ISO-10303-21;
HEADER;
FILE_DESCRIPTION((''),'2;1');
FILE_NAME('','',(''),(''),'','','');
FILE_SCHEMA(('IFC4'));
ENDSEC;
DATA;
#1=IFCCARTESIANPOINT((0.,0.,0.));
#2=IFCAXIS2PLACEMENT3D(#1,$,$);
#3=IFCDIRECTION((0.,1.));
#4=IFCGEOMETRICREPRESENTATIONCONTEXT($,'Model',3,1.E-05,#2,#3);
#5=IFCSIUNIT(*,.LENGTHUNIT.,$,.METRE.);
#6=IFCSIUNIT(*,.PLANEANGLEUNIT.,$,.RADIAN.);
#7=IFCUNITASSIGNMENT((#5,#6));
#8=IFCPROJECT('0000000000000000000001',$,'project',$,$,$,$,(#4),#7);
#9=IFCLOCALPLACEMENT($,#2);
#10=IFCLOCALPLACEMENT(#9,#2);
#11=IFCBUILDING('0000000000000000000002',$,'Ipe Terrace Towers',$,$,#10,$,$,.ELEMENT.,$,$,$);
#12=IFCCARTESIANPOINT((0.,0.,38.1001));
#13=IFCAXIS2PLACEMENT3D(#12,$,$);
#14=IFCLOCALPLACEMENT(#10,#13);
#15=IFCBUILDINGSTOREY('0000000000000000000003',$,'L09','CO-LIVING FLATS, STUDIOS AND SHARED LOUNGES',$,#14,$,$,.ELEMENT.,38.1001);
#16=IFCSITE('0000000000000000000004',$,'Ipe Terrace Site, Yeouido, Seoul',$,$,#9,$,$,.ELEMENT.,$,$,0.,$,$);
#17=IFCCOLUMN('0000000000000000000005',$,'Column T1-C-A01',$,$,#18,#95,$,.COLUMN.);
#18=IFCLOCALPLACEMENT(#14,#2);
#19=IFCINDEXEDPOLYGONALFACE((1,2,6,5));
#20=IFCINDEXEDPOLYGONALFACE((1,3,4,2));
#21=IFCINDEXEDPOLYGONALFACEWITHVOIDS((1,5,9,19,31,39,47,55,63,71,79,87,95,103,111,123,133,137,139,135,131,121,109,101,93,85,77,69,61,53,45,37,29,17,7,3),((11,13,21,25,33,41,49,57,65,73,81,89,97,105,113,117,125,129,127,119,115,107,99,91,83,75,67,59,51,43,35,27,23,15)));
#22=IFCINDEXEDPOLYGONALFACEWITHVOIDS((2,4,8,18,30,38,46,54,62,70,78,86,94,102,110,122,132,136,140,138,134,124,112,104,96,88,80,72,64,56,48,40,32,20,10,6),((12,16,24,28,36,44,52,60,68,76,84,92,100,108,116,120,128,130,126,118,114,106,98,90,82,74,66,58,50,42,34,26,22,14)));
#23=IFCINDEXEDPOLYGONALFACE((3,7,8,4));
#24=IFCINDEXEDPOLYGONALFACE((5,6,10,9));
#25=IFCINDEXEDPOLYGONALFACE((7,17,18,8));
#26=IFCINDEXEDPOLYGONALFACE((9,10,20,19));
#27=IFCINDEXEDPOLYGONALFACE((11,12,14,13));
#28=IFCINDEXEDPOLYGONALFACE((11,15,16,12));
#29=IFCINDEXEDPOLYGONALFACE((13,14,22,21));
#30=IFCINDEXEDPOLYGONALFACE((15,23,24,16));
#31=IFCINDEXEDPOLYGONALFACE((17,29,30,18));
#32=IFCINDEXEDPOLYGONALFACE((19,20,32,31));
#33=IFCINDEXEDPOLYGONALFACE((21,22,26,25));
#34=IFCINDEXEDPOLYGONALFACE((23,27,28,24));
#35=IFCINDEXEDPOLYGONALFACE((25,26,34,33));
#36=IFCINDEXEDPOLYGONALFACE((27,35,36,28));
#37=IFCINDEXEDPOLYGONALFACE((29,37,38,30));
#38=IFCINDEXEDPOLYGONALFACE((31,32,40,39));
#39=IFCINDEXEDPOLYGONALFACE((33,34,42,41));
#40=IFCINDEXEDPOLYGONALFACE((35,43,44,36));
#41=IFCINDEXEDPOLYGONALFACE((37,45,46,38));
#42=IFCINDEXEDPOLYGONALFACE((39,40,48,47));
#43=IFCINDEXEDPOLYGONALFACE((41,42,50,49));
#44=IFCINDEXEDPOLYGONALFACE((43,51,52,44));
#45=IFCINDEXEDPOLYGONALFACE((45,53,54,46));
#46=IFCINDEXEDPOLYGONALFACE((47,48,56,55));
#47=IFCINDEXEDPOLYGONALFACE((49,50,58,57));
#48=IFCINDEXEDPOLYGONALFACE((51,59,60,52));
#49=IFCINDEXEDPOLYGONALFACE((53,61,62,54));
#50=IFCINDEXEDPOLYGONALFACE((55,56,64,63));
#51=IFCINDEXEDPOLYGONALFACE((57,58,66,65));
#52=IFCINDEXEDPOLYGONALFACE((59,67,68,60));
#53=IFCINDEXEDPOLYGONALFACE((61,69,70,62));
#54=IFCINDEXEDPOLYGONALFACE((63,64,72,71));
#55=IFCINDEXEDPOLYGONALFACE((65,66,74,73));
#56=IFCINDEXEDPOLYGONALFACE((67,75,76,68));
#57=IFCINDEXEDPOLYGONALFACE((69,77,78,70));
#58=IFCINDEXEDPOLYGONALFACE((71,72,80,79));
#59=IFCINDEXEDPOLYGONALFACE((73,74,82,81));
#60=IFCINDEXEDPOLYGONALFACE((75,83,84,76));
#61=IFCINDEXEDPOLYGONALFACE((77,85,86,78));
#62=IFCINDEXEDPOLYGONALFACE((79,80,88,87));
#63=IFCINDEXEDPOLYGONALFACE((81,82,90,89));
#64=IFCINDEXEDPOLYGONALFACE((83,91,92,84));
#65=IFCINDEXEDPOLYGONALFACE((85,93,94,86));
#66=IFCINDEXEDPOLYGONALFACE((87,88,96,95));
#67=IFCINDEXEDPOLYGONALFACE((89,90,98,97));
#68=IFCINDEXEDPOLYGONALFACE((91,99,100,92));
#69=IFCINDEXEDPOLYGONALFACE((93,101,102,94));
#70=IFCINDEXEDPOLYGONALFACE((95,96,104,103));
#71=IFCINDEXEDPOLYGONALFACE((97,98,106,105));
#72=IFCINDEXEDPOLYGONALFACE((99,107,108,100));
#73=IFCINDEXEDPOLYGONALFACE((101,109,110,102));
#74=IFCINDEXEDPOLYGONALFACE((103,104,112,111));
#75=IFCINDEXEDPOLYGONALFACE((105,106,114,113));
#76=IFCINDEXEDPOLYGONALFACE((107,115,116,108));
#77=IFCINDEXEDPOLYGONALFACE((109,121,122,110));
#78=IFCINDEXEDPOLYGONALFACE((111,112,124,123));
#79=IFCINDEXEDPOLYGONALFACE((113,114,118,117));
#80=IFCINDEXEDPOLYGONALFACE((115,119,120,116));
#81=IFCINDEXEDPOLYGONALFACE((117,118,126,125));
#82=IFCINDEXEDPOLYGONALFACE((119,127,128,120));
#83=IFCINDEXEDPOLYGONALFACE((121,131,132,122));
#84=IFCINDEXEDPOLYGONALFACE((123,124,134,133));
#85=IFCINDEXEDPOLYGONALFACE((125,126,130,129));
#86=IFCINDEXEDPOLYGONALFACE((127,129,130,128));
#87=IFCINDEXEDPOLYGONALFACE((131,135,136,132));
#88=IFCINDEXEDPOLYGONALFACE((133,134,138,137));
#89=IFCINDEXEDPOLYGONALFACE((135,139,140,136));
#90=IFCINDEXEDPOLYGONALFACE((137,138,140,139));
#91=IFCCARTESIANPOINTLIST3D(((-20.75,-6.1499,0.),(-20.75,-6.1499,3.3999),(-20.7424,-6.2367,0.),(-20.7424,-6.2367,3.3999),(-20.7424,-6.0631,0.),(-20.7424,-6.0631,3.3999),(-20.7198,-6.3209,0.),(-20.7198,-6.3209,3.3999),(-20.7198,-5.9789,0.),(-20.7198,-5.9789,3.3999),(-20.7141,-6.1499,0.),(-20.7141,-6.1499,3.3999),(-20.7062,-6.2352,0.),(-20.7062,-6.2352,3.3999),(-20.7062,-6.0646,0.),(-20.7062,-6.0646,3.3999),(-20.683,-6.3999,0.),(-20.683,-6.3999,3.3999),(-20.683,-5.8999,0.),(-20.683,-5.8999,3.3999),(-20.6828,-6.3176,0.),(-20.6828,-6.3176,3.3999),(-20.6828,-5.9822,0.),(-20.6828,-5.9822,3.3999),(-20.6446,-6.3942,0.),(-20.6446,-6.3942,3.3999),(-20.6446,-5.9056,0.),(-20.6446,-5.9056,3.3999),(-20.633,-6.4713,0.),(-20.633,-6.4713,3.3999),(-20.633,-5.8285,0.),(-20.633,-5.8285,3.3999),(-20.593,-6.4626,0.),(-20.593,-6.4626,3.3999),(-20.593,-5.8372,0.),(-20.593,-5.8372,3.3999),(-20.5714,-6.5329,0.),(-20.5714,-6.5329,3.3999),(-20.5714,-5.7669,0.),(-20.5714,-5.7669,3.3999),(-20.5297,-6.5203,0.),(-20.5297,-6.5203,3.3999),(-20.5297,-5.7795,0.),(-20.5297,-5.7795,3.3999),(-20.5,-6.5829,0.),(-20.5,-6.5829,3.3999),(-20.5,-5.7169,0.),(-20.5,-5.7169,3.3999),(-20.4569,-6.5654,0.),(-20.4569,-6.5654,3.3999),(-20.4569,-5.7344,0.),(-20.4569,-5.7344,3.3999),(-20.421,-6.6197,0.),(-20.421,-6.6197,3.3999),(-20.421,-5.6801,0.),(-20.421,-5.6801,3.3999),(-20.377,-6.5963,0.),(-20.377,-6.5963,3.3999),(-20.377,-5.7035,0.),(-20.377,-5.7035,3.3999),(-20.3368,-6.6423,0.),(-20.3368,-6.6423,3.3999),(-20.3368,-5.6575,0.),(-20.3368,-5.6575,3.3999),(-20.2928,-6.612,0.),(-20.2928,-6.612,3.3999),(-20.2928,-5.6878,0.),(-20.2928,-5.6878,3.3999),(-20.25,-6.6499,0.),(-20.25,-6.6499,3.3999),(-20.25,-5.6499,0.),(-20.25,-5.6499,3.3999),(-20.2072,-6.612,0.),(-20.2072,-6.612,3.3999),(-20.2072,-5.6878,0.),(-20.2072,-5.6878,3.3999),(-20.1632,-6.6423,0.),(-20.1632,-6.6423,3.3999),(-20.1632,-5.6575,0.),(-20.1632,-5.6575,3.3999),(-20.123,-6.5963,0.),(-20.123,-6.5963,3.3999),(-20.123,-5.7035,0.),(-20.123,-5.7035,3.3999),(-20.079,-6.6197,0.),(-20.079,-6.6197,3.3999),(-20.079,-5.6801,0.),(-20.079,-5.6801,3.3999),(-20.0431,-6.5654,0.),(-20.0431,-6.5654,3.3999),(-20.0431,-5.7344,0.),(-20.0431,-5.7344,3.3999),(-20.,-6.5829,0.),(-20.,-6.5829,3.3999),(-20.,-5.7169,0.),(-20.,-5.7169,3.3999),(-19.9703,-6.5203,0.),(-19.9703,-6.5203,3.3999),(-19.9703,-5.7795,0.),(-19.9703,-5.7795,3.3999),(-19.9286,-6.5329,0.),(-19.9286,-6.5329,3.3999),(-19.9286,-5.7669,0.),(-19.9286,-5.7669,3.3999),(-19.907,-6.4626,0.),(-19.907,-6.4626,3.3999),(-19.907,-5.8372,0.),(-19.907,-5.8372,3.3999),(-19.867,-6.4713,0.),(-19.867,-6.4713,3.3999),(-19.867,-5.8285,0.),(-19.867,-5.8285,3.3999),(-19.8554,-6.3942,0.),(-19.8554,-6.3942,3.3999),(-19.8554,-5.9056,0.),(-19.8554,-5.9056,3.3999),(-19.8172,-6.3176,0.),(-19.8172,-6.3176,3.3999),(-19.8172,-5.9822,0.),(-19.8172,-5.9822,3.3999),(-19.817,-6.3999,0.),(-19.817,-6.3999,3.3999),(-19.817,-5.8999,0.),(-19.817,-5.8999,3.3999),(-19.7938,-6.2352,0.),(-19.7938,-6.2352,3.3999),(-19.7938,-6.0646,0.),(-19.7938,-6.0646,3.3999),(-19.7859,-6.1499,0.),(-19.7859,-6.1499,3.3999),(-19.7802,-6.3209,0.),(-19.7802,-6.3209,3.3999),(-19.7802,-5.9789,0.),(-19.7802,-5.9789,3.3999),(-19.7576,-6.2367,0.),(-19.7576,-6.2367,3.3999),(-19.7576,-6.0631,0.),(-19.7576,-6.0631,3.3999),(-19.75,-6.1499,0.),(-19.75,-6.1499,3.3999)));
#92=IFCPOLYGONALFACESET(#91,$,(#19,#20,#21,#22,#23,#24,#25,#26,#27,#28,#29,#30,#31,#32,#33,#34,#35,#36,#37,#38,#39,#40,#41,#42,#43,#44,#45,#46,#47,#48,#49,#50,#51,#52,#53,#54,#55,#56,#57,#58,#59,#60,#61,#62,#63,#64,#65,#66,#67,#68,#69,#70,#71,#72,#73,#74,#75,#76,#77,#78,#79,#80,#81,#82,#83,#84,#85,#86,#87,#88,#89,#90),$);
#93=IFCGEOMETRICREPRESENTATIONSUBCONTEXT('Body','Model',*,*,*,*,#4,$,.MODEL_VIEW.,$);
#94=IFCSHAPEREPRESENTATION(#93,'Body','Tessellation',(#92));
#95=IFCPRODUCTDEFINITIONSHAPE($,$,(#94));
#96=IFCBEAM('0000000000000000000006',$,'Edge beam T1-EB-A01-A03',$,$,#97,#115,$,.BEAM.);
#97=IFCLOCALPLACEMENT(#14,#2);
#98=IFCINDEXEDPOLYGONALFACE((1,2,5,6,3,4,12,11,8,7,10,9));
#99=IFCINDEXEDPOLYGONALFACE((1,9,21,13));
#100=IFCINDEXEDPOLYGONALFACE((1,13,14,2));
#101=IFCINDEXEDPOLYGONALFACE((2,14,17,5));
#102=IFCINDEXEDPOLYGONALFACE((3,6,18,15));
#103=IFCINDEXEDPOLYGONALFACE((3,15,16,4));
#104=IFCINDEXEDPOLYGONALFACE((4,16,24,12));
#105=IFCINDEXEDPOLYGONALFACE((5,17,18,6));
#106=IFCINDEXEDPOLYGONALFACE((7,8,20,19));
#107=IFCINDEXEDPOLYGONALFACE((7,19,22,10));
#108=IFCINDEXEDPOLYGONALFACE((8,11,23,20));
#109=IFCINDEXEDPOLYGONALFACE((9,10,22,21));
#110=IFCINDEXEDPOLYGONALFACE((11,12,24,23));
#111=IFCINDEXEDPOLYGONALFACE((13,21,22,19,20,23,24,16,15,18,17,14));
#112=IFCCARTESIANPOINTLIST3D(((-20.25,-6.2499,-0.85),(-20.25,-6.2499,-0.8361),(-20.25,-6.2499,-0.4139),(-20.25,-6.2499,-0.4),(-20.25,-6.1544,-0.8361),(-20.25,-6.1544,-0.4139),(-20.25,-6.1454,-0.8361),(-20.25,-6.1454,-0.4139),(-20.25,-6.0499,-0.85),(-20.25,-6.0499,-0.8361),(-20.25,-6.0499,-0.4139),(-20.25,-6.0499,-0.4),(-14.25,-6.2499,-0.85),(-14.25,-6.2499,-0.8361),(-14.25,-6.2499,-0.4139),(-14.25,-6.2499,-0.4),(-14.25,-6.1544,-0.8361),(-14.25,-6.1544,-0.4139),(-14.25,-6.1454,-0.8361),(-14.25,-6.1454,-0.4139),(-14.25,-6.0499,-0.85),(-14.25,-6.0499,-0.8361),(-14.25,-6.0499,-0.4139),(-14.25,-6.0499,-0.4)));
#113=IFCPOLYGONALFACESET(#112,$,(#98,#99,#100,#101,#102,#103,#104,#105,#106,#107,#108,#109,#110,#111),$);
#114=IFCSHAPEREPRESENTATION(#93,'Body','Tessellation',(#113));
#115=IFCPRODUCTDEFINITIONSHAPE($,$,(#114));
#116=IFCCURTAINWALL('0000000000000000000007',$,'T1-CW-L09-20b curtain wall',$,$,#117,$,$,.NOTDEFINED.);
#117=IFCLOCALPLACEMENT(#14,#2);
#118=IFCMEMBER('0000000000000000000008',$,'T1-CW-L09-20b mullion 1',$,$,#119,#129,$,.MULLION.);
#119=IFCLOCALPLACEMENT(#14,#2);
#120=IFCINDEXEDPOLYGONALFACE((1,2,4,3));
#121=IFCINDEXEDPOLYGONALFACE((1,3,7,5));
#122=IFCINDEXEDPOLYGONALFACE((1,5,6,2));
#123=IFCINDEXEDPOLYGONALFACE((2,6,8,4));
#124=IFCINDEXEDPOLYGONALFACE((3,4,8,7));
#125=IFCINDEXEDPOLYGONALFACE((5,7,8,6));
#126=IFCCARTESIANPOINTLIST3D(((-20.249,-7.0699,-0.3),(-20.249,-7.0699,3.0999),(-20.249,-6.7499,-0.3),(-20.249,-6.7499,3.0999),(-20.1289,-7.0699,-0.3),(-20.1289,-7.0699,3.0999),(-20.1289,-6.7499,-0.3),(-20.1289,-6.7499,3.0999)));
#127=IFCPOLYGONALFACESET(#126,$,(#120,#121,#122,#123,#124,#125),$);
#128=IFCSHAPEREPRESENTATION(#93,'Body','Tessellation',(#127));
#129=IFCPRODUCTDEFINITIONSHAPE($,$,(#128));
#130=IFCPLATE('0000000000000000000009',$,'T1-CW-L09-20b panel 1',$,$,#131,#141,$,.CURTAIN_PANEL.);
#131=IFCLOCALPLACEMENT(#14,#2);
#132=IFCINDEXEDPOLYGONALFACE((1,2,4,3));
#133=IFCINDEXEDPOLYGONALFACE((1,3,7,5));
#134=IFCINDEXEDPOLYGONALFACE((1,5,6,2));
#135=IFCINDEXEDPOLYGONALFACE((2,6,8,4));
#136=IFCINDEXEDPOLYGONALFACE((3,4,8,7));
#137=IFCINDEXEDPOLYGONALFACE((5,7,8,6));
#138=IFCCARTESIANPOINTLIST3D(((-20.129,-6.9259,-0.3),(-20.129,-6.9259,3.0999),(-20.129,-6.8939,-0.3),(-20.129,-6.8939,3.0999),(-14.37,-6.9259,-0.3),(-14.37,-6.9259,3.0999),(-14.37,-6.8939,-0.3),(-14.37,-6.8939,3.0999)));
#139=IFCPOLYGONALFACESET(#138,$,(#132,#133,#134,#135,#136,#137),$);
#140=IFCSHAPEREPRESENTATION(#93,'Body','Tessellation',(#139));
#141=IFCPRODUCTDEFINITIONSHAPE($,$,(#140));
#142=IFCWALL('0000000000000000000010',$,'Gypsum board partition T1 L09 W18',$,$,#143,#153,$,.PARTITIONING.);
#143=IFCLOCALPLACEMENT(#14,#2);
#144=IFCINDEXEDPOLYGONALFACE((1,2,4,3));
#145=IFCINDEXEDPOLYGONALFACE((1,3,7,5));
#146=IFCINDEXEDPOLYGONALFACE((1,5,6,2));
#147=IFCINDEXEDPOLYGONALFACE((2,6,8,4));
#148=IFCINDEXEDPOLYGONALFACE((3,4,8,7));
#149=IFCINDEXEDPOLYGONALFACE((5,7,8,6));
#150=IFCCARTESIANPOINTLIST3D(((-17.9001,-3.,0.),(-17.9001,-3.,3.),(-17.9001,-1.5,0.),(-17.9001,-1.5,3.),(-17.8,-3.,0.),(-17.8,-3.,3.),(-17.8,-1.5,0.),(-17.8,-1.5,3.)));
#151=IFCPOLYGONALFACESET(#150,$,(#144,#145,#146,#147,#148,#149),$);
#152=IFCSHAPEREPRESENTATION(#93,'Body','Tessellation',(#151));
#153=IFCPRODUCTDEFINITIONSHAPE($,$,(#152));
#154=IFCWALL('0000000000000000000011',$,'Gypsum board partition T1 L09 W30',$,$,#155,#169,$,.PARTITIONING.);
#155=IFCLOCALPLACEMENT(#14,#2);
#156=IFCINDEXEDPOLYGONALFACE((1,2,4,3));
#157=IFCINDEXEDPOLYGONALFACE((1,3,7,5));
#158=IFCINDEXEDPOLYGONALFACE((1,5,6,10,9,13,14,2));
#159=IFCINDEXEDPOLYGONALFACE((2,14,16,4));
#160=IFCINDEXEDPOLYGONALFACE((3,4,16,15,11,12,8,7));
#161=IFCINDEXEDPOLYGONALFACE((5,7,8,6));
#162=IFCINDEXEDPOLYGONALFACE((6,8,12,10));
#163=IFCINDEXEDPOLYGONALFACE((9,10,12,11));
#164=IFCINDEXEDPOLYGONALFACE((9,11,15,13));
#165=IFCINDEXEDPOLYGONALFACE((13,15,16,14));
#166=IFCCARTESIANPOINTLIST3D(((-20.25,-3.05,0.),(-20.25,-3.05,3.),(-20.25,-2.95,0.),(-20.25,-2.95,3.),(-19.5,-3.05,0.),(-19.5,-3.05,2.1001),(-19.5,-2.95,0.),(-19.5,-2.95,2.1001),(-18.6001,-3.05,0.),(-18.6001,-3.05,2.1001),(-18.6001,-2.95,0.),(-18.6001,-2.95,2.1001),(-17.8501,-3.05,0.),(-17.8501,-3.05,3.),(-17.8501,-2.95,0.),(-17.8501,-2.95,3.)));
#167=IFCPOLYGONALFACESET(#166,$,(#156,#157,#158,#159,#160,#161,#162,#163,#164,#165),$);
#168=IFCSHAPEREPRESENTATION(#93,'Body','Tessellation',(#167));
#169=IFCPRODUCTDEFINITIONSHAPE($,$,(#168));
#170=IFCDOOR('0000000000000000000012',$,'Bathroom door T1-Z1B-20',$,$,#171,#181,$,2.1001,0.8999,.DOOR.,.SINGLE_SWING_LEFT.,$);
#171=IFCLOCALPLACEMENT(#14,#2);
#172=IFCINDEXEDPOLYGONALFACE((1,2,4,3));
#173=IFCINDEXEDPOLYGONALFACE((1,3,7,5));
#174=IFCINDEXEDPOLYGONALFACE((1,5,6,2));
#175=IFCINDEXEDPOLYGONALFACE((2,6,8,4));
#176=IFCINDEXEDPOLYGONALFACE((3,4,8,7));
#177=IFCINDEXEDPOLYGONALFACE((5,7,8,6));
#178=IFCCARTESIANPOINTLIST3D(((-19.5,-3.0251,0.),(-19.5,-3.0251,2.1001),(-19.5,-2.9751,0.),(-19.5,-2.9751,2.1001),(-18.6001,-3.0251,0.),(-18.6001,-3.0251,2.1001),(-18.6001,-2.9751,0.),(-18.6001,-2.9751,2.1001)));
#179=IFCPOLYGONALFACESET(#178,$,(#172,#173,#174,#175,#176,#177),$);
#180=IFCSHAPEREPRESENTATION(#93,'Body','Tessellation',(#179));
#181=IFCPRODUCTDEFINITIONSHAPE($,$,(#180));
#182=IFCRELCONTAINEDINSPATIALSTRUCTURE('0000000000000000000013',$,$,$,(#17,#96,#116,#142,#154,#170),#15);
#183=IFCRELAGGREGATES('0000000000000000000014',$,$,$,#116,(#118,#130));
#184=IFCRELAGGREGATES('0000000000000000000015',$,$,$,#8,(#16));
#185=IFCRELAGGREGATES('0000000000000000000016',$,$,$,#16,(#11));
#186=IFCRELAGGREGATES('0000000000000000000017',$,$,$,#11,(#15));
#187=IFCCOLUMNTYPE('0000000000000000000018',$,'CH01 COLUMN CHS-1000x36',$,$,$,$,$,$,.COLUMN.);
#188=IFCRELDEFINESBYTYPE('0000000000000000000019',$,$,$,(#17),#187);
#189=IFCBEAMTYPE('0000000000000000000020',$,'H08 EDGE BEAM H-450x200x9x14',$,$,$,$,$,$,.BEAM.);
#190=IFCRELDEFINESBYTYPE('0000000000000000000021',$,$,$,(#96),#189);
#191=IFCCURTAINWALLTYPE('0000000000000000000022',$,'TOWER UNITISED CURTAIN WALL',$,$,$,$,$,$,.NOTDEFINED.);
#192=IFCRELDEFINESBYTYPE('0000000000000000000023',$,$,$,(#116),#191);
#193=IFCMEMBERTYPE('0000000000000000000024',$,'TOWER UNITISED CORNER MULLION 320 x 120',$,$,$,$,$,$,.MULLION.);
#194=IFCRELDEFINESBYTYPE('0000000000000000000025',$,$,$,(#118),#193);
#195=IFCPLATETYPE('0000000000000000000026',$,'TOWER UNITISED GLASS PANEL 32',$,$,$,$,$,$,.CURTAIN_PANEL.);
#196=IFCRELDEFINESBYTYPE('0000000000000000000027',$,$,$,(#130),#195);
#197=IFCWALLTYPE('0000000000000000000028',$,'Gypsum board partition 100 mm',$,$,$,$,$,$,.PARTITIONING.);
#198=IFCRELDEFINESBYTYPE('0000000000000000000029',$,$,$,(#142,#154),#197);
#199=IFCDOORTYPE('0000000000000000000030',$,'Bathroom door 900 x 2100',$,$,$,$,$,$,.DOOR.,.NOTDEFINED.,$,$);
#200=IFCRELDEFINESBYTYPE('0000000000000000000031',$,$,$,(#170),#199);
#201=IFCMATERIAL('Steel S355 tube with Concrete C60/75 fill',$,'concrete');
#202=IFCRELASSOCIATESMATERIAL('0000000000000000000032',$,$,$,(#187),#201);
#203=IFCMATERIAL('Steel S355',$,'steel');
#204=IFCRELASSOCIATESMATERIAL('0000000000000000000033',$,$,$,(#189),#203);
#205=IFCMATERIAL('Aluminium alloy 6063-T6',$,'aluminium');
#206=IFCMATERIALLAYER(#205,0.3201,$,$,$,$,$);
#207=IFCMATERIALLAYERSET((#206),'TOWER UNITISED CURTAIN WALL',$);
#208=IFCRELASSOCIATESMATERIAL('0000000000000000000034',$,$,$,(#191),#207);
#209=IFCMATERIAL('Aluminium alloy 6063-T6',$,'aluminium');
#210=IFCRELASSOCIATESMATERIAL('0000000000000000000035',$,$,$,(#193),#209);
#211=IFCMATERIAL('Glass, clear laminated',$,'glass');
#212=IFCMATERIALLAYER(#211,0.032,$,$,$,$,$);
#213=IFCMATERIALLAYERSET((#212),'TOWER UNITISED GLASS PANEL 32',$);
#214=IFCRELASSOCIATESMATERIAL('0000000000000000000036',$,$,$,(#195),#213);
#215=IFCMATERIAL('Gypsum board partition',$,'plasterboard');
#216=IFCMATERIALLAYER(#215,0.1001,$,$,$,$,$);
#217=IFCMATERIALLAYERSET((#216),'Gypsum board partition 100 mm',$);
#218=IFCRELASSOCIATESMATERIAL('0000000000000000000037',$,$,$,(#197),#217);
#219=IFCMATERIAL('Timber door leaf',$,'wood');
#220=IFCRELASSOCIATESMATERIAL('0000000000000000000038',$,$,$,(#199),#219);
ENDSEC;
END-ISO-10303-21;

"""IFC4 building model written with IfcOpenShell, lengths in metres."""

from ifc_helpers import new_model, si_unit, direction, frame, frame_2d, origin, origin_2d, place, context, subcontext, project, spatial, rectangle, hollow_circle, i_section, extrude, material, layer, layer_set, material_profile, profile_set, type_object, element, fill, aggregate, save


model = new_model("IFC4")

# Units and contexts
model_context = context("Model", 3, precision=1e-05, world=origin(), true_north=direction((0.0, 1.0)))
body_context = subcontext(model_context, "Body", "Model", "MODEL_VIEW")
ifc_project = project(units=[si_unit("LENGTHUNIT", "METRE"), si_unit("PLANEANGLEUNIT", "RADIAN")], contexts=[model_context])

# Site, building, storey
site_placement = place(None, origin())
site = spatial("IfcSite", under=ifc_project, at=site_placement, Name="Ipe Terrace Site, Yeouido, Seoul", CompositionType="ELEMENT", RefElevation=0.0)
building_placement = place(site_placement, origin())
building = spatial("IfcBuilding", under=site, at=building_placement, Name="Ipe Terrace Towers", CompositionType="ELEMENT")
storey_placement = place(building_placement, frame((0.0, 0.0, 38.1001)))
storey = spatial("IfcBuildingStorey", under=building, at=storey_placement, Name="L09", Description="CO-LIVING FLATS, STUDIOS AND SHARED LOUNGES", CompositionType="ELEMENT", Elevation=38.1001)

# Column
ifc_material_1 = material(Name="Steel S355 tube with Concrete C60/75 fill", Category="concrete")
ifc_material_profile_1 = material_profile(ifc_material_1, hollow_circle(Radius=0.5, WallThickness=0.0359, at=origin_2d()), Name="CHS-1000x36")
ifc_profile_set_1 = profile_set([ifc_material_profile_1], Name="Steel S355 tube with Concrete C60/75 fill")
column_type = type_object("IfcColumnType", Name="CH01 COLUMN CHS-1000x36", PredefinedType="COLUMN", material=ifc_profile_set_1)
column_placement = place(storey_placement, frame((-20.25, -6.1499, 0.0), z_axis=(0.0, 0.0, 1.0), x_axis=(1.0, 0.0, 0.0)))
element("IfcColumn", 1, at=column_placement, inside=storey, type_object=column_type, Name="Column T1-C-A01", PredefinedType="COLUMN", context=body_context, shape_type="SweptSolid", body=[
    extrude(hollow_circle(Radius=0.5, WallThickness=0.0359, at=origin_2d()), origin(), (0.0, 0.0, 1.0), 3.3999),
])

# Beam
ifc_material_2 = material(Name="Steel S355", Category="steel")
ifc_material_profile_2 = material_profile(ifc_material_2, i_section(OverallWidth=0.2, OverallDepth=0.45, WebThickness=0.009, FlangeThickness=0.0139, at=origin_2d()), Name="H-450x200x9x14")
ifc_profile_set_2 = profile_set([ifc_material_profile_2], Name="Steel S355")
beam_type = type_object("IfcBeamType", Name="H08 EDGE BEAM H-450x200x9x14", PredefinedType="BEAM", material=ifc_profile_set_2)
beam_placement = place(storey_placement, frame((-20.25, -6.1499, -0.625), z_axis=(1.0, 0.0, 0.0), x_axis=(0.0, 1.0, 0.0)))
element("IfcBeam", 2, at=beam_placement, inside=storey, type_object=beam_type, Name="Edge beam T1-EB-A01-A03", PredefinedType="BEAM", context=body_context, shape_type="SweptSolid", body=[
    extrude(i_section(OverallWidth=0.2, OverallDepth=0.45, WebThickness=0.009, FlangeThickness=0.0139, at=origin_2d()), origin(), (0.0, 0.0, 1.0), 6.0),
])

# Curtain wall, member, plate
ifc_material_3 = material(Name="Aluminium alloy 6063-T6", Category="aluminium")
ifc_layer_1 = layer(ifc_material_3, 0.3201)
ifc_layer_set_1 = layer_set([ifc_layer_1], Name="TOWER UNITISED CURTAIN WALL")
curtain_wall_type = type_object("IfcCurtainWallType", Name="TOWER UNITISED CURTAIN WALL", PredefinedType="NOTDEFINED", material=ifc_layer_set_1)
curtain_wall_placement = place(storey_placement, origin())
curtain_wall = element("IfcCurtainWall", 3, at=curtain_wall_placement, inside=storey, type_object=curtain_wall_type, Name="T1-CW-L09-20b curtain wall", PredefinedType="NOTDEFINED")
ifc_material_4 = material(Name="Aluminium alloy 6063-T6", Category="aluminium")
ifc_material_profile_3 = material_profile(ifc_material_4, rectangle(XDim=0.3201, YDim=0.1201, at=origin_2d()), Name="TOWER UNITISED CORNER MULLION 320 x 120")
ifc_profile_set_3 = profile_set([ifc_material_profile_3], Name="Aluminium alloy 6063-T6")
member_type = type_object("IfcMemberType", Name="TOWER UNITISED CORNER MULLION 320 x 120", PredefinedType="MULLION", material=ifc_profile_set_3)
member_placement = place(storey_placement, frame((-20.189, -6.9099, -0.3), z_axis=(0.0, 0.0, 1.0), x_axis=(0.0, -1.0, 0.0)))
member = element("IfcMember", 4, at=member_placement, type_object=member_type, Name="T1-CW-L09-20b mullion 1", PredefinedType="MULLION", context=body_context, shape_type="SweptSolid", body=[
    extrude(rectangle(XDim=0.3201, YDim=0.1201, at=origin_2d()), origin(), (0.0, 0.0, 1.0), 3.3999),
])
ifc_material_5 = material(Name="Glass, clear laminated", Category="glass")
ifc_layer_2 = layer(ifc_material_5, 0.032)
ifc_layer_set_2 = layer_set([ifc_layer_2], Name="TOWER UNITISED GLASS PANEL 32")
plate_type = type_object("IfcPlateType", Name="TOWER UNITISED GLASS PANEL 32", PredefinedType="CURTAIN_PANEL", material=ifc_layer_set_2)
plate_placement = place(storey_placement, frame((-17.2495, -6.9099, -0.3), z_axis=(0.0, 0.0, 1.0), x_axis=(1.0, 0.0, 0.0)))
plate = element("IfcPlate", 5, at=plate_placement, type_object=plate_type, Name="T1-CW-L09-20b panel 1", PredefinedType="CURTAIN_PANEL", context=body_context, shape_type="SweptSolid", body=[
    extrude(rectangle(XDim=5.759, YDim=0.032, at=origin_2d()), origin(), (0.0, 0.0, 1.0), 3.3999),
])
aggregate(curtain_wall, [member, plate])

# Wall
ifc_material_6 = material(Name="Gypsum board partition", Category="plasterboard")
ifc_layer_3 = layer(ifc_material_6, 0.1001)
ifc_layer_set_3 = layer_set([ifc_layer_3], Name="Gypsum board partition 100 mm")
wall_type_1 = type_object("IfcWallType", Name="Gypsum board partition 100 mm", PredefinedType="PARTITIONING", material=ifc_layer_set_3)
wall_1_placement = place(storey_placement, frame((-17.8501, -3.0, 0.0), z_axis=(0.0, 0.0, 1.0), x_axis=(0.0, 1.0, 0.0)))
element("IfcWall", 6, at=wall_1_placement, inside=storey, type_object=wall_type_1, Name="Gypsum board partition T1 L09 W18", PredefinedType="PARTITIONING", context=body_context, shape_type="SweptSolid", body=[
    extrude(rectangle(XDim=1.5, YDim=0.1001, at=frame_2d((0.75, 0.0))), origin(), (0.0, 0.0, 1.0), 3.0),
])

# Wall, opening, door
wall_2_placement = place(storey_placement, frame((-20.25, -3.0, 0.0), z_axis=(0.0, 0.0, 1.0), x_axis=(1.0, 0.0, 0.0)))
wall_2 = element("IfcWall", 7, at=wall_2_placement, inside=storey, type_object=wall_type_1, Name="Gypsum board partition T1 L09 W30", PredefinedType="PARTITIONING", context=body_context, shape_type="SweptSolid", body=[
    extrude(rectangle(XDim=2.3999, YDim=0.1001, at=frame_2d((1.2, 0.0))), origin(), (0.0, 0.0, 1.0), 3.0),
])
opening_1_placement = place(wall_2_placement, frame((0.75, 0.0, 0.0)))
opening_1 = element("IfcOpeningElement", 8, at=opening_1_placement, cuts=wall_2, PredefinedType="OPENING", context=body_context, shape_type="SweptSolid", body=[
    extrude(rectangle(XDim=0.8999, YDim=2.1001, at=frame_2d((0.45, 1.05))), frame((0.0, 0.0601, 0.0), z_axis=(0.0, -1.0, 0.0), x_axis=(1.0, 0.0, 0.0)), (0.0, 0.0, 1.0), 0.1201),
])
ifc_material_7 = material(Name="Timber door leaf", Category="wood")
door_type_1 = type_object("IfcDoorType", Name="Bathroom door 900 x 2100", OperationType="NOTDEFINED", PredefinedType="DOOR", material=ifc_material_7)
door_1_placement = place(opening_1_placement, origin())
door_1 = element("IfcDoor", 9, at=door_1_placement, inside=storey, type_object=door_type_1, Name="Bathroom door T1-Z1B-20", OperationType="SINGLE_SWING_LEFT", OverallHeight=2.1001, OverallWidth=0.8999, PredefinedType="DOOR", context=body_context, shape_type="SweptSolid", body=[
    extrude(rectangle(XDim=0.8999, YDim=2.1001, at=frame_2d((0.45, 1.05))), frame((0.0, 0.0249, 0.0), z_axis=(0.0, -1.0, 0.0), x_axis=(1.0, 0.0, 0.0)), (0.0, 0.0, 1.0), 0.05),
])
fill(opening_1, door_1)

save(model, "model.ifc")
